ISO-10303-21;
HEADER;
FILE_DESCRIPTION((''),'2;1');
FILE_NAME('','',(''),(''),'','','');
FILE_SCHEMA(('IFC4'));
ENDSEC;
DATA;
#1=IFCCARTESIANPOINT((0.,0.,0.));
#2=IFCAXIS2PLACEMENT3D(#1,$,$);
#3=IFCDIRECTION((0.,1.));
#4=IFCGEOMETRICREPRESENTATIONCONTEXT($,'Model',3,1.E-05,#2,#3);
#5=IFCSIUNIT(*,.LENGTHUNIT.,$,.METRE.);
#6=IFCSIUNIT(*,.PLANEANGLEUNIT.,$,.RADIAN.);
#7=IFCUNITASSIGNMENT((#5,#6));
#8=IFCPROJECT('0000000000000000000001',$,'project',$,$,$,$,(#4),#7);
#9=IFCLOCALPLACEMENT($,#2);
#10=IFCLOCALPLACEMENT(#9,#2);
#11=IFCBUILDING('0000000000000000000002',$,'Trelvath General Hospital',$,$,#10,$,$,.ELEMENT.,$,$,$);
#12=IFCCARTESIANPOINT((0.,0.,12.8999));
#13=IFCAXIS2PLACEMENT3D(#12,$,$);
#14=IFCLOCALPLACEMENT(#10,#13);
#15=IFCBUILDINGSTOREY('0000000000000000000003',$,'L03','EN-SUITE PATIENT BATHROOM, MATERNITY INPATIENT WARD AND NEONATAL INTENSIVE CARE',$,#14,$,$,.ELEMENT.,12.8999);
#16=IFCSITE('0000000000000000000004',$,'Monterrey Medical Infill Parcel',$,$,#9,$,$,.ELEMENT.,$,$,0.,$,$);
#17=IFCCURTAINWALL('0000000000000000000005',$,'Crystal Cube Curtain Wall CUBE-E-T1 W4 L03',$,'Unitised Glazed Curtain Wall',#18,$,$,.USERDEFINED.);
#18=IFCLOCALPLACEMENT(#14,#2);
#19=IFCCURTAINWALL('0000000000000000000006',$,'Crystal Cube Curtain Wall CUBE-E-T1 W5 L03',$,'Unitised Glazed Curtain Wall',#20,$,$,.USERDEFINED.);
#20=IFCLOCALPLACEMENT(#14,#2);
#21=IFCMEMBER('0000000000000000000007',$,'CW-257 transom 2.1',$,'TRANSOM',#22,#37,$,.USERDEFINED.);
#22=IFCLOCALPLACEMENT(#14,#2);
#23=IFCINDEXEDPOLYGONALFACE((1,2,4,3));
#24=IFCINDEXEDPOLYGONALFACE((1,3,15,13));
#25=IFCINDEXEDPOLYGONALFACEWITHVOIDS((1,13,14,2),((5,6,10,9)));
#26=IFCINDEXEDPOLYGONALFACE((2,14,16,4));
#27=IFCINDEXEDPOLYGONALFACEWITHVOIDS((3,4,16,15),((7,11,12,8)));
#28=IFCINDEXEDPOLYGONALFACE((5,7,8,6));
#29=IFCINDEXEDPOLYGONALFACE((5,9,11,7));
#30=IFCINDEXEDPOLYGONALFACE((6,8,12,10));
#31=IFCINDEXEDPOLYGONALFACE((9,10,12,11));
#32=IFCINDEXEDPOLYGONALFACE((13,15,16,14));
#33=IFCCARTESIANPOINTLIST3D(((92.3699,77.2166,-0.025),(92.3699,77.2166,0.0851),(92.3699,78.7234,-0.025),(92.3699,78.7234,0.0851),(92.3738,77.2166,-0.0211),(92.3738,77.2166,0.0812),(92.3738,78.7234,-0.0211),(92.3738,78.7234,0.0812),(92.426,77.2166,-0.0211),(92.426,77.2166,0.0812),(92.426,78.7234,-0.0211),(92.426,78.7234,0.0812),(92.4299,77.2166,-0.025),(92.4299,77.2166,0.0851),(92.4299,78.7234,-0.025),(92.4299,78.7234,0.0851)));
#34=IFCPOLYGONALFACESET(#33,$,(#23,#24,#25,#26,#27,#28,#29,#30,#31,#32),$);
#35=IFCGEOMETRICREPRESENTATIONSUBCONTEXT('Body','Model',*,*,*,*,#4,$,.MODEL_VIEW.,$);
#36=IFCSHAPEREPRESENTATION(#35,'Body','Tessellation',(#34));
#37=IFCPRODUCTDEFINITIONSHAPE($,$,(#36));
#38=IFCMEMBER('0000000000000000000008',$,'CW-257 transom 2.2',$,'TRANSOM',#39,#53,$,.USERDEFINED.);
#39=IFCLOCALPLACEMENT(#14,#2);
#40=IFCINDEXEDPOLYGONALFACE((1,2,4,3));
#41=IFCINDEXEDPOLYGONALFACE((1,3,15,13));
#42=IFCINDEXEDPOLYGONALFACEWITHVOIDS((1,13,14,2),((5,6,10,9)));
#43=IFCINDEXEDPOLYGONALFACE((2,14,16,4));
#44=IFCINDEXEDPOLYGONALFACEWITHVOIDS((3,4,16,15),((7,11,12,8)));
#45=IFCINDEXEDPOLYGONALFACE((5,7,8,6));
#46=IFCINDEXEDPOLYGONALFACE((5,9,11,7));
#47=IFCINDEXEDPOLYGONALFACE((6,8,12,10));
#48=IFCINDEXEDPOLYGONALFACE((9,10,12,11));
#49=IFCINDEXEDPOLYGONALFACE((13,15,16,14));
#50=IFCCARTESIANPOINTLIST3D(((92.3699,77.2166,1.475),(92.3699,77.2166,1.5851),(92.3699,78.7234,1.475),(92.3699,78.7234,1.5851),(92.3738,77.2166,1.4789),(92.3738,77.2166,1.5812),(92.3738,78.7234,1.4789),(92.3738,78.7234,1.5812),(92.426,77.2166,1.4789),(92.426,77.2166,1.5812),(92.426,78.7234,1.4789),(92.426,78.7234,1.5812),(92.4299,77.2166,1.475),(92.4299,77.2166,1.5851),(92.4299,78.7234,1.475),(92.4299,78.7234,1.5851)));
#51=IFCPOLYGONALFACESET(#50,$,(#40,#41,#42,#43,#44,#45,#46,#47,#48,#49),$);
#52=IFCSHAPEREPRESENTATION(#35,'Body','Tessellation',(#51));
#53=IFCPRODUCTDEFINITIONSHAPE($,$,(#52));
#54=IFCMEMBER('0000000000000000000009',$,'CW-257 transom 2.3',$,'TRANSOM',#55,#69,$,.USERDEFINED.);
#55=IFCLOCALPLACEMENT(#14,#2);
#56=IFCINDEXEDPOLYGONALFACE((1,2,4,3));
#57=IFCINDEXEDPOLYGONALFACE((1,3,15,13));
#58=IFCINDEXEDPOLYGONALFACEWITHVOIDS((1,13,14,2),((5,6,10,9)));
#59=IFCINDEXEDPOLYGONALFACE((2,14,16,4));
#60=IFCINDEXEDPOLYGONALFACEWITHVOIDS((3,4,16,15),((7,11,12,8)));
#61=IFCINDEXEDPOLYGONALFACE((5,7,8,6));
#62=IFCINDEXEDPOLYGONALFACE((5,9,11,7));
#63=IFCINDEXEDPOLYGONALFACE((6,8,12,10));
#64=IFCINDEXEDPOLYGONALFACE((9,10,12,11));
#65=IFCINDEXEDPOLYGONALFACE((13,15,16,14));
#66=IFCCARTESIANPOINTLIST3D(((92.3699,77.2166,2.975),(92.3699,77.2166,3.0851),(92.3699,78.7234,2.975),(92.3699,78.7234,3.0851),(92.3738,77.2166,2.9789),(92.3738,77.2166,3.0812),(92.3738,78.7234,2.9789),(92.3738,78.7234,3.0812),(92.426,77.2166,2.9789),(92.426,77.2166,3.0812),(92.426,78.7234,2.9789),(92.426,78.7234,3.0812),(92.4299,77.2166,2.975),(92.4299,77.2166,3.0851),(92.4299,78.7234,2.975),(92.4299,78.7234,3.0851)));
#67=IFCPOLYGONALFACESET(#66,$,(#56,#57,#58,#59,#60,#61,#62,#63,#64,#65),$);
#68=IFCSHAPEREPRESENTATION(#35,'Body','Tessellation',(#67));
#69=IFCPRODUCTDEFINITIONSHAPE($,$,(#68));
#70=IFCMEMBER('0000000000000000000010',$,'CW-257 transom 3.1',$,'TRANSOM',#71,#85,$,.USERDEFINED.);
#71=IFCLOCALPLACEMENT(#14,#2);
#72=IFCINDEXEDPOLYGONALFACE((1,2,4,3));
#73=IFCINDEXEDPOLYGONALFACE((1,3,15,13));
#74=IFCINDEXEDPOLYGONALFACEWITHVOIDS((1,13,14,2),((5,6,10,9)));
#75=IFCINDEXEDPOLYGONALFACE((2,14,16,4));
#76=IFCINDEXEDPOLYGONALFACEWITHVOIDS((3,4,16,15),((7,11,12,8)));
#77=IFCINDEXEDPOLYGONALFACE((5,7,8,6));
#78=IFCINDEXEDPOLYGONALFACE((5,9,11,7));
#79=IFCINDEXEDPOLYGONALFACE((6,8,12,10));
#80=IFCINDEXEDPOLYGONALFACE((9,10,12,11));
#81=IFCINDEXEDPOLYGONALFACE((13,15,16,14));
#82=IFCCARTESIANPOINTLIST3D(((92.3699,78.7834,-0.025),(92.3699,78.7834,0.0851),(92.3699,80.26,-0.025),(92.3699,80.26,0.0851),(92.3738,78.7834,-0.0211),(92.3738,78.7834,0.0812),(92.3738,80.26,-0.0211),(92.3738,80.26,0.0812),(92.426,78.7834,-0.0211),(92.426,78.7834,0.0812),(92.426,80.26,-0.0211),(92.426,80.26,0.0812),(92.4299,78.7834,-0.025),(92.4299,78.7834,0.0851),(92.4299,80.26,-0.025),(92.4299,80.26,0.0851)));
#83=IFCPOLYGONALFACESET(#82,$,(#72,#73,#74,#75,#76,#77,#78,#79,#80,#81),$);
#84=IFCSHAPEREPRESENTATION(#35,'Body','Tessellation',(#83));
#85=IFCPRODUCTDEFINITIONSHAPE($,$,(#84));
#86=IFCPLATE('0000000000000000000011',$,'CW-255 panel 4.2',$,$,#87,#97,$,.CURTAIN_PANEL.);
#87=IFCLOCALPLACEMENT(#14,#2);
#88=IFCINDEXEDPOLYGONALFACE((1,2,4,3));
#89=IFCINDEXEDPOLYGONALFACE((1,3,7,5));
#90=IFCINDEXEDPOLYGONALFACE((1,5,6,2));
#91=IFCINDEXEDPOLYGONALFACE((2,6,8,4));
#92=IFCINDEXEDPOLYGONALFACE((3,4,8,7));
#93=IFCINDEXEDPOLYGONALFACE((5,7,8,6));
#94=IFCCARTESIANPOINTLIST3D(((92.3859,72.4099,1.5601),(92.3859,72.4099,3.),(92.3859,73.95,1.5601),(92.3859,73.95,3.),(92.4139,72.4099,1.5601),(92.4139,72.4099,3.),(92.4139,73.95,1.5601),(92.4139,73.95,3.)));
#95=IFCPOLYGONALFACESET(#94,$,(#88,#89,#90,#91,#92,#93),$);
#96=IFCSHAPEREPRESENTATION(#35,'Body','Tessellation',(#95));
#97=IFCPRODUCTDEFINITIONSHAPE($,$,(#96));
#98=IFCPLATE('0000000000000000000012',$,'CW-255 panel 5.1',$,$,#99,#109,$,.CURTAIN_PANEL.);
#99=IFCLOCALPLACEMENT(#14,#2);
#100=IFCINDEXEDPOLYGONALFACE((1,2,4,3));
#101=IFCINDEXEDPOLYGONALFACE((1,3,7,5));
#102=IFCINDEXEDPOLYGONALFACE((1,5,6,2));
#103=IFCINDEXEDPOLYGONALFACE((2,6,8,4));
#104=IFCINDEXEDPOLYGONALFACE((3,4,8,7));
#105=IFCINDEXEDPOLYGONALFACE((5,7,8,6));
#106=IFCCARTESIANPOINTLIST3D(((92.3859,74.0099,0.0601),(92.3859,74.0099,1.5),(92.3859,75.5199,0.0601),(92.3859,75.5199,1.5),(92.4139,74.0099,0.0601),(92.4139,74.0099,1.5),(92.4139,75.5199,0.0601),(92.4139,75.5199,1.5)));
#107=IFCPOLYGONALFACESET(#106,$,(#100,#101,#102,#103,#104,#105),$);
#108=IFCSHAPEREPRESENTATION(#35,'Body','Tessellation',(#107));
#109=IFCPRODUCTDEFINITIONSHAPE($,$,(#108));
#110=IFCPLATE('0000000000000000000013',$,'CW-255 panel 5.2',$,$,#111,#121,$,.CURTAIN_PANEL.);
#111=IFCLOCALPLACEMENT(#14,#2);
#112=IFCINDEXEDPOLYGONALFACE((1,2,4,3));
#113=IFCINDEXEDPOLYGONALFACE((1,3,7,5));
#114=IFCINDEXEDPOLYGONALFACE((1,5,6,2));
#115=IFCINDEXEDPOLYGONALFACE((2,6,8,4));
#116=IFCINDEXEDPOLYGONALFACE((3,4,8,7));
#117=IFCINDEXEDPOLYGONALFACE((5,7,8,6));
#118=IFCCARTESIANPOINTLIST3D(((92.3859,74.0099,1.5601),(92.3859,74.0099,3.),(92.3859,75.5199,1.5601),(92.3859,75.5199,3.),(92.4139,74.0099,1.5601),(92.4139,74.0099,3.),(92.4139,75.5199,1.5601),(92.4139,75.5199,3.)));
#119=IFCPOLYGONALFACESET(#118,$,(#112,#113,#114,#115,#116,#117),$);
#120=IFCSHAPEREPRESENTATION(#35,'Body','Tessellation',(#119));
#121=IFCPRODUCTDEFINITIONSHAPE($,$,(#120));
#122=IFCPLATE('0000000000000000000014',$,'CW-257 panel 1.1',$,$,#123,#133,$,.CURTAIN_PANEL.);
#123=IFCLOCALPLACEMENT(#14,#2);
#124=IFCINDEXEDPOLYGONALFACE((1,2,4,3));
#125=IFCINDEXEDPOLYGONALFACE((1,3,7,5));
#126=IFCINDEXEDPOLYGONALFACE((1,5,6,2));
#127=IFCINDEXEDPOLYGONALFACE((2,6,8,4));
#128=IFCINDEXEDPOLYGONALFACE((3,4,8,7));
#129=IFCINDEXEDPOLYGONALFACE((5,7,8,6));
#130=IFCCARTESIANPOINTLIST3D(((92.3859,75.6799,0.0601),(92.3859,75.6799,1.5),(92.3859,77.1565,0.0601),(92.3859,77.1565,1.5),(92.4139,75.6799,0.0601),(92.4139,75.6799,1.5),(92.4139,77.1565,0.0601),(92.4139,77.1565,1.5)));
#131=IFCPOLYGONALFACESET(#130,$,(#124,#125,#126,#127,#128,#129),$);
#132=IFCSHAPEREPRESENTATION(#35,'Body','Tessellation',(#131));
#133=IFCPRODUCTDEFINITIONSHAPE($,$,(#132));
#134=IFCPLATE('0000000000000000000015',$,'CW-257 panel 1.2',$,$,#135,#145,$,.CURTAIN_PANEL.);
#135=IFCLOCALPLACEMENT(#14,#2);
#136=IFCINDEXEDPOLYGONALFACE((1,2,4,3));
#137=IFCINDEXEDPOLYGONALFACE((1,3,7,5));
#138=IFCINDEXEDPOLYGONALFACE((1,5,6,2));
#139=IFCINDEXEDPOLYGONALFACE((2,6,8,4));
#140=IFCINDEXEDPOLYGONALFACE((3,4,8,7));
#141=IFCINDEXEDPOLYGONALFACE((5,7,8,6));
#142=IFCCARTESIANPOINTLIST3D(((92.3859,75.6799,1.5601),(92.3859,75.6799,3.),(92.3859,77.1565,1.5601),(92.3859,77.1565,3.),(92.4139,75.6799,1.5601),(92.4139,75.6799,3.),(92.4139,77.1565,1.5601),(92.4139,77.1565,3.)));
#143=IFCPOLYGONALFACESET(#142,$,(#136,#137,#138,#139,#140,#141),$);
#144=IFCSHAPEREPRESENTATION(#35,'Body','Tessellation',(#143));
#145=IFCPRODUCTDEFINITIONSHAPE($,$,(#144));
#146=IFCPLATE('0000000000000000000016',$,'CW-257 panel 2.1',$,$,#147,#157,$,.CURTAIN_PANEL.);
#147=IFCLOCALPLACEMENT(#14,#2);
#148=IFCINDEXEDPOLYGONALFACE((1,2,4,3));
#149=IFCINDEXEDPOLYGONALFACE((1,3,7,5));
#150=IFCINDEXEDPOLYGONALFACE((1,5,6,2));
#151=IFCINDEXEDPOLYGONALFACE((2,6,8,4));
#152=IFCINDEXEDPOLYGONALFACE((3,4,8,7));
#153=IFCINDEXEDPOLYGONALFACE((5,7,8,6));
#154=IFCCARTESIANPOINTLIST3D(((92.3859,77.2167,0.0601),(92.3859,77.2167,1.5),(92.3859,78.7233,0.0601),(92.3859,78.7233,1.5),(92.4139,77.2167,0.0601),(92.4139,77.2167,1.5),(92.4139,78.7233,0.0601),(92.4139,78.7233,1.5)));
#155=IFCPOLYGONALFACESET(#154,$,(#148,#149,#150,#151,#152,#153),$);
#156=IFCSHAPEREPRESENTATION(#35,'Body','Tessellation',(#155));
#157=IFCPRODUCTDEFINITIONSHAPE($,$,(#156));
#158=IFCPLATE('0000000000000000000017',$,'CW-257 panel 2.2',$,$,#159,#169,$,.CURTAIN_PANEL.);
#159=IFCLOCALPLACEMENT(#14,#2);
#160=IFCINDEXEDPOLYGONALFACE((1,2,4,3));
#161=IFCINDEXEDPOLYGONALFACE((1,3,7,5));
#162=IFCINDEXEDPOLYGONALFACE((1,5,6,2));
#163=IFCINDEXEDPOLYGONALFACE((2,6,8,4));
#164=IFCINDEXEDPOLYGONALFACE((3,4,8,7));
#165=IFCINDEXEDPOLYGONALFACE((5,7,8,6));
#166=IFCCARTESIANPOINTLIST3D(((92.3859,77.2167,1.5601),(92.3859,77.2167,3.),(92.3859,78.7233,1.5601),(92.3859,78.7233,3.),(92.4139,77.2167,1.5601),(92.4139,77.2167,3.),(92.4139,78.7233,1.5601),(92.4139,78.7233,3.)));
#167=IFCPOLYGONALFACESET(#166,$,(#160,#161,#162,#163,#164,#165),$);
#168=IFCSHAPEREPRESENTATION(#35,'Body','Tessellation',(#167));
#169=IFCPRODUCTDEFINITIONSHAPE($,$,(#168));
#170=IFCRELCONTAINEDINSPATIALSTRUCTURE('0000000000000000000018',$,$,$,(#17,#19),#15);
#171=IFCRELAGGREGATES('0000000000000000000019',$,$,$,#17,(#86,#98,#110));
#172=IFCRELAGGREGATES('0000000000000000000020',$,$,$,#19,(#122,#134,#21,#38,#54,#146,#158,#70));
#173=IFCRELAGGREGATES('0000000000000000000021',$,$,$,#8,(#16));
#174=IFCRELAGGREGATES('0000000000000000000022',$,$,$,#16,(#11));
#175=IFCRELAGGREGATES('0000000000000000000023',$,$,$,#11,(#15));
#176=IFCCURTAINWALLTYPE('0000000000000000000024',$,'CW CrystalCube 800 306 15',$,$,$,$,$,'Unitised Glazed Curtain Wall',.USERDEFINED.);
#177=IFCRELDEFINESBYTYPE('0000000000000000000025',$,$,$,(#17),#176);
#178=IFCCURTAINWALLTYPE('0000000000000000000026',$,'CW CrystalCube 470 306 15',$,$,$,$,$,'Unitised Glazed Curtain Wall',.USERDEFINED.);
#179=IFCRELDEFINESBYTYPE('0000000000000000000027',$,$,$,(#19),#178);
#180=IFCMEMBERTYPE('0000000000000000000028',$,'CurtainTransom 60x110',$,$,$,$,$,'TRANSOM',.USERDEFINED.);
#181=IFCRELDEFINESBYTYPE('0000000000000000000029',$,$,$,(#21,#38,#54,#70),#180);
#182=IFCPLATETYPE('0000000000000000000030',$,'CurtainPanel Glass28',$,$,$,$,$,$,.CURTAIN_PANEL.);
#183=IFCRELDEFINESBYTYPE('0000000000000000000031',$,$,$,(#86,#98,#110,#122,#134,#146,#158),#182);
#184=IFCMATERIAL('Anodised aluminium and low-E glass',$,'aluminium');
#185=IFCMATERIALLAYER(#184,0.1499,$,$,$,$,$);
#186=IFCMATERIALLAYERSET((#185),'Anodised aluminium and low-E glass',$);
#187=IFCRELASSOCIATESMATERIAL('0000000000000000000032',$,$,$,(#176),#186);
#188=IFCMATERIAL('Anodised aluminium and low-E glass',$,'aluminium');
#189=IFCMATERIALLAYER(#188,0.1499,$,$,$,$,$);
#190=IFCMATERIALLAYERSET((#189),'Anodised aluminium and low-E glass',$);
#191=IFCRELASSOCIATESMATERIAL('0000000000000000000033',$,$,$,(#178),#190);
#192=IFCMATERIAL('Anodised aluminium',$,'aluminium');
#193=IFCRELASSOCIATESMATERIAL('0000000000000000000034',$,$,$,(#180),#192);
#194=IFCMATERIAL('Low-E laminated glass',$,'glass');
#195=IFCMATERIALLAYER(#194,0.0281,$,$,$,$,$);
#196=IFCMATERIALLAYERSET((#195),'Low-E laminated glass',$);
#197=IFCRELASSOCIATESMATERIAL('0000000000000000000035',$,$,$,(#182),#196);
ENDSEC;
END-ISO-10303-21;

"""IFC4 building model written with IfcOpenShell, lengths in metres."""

from ifc_helpers import new_model, si_unit, direction, frame, origin, origin_2d, place, context, subcontext, project, spatial, rectangle, hollow_rectangle, extrude, material, layer, layer_set, material_profile, profile_set, type_object, element, aggregate, save


model = new_model("IFC4")

# Units and contexts
model_context = context("Model", 3, precision=1e-05, world=origin(), true_north=direction((0.0, 1.0)))
body_context = subcontext(model_context, "Body", "Model", "MODEL_VIEW")
ifc_project = project(units=[si_unit("LENGTHUNIT", "METRE"), si_unit("PLANEANGLEUNIT", "RADIAN")], contexts=[model_context])

# Site, building, storey
site_placement = place(None, origin())
site = spatial("IfcSite", under=ifc_project, at=site_placement, Name="Monterrey Medical Infill Parcel", CompositionType="ELEMENT", RefElevation=0.0)
building_placement = place(site_placement, origin())
building = spatial("IfcBuilding", under=site, at=building_placement, Name="Trelvath General Hospital", CompositionType="ELEMENT")
storey_placement = place(building_placement, frame((0.0, 0.0, 12.8999)))
storey = spatial("IfcBuildingStorey", under=building, at=storey_placement, Name="L03", Description="EN-SUITE PATIENT BATHROOM, MATERNITY INPATIENT WARD AND NEONATAL INTENSIVE CARE", CompositionType="ELEMENT", Elevation=12.8999)

# Curtain walls
ifc_material_1 = material(Name="Anodised aluminium and low-E glass", Category="aluminium")
ifc_layer_1 = layer(ifc_material_1, 0.1499)
ifc_layer_set_1 = layer_set([ifc_layer_1], Name="Anodised aluminium and low-E glass")
curtain_wall_type_1 = type_object("IfcCurtainWallType", Name="CW CrystalCube 800 306 15", ElementType="Unitised Glazed Curtain Wall", PredefinedType="USERDEFINED", material=ifc_layer_set_1)
curtain_wall_1_placement = place(storey_placement, origin())
curtain_wall_1 = element("IfcCurtainWall", 1, at=curtain_wall_1_placement, inside=storey, type_object=curtain_wall_type_1, Name="Crystal Cube Curtain Wall CUBE-E-T1 W4 L03", ObjectType="Unitised Glazed Curtain Wall", PredefinedType="USERDEFINED")
ifc_material_2 = material(Name="Anodised aluminium and low-E glass", Category="aluminium")
ifc_layer_2 = layer(ifc_material_2, 0.1499)
ifc_layer_set_2 = layer_set([ifc_layer_2], Name="Anodised aluminium and low-E glass")
curtain_wall_type_2 = type_object("IfcCurtainWallType", Name="CW CrystalCube 470 306 15", ElementType="Unitised Glazed Curtain Wall", PredefinedType="USERDEFINED", material=ifc_layer_set_2)
curtain_wall_2_placement = place(storey_placement, origin())
curtain_wall_2 = element("IfcCurtainWall", 2, at=curtain_wall_2_placement, inside=storey, type_object=curtain_wall_type_2, Name="Crystal Cube Curtain Wall CUBE-E-T1 W5 L03", ObjectType="Unitised Glazed Curtain Wall", PredefinedType="USERDEFINED")

# Members
ifc_material_3 = material(Name="Anodised aluminium", Category="aluminium")
ifc_material_profile_1 = material_profile(ifc_material_3, hollow_rectangle(XDim=0.0601, YDim=0.1101, WallThickness=0.0039, at=origin_2d()), Name="RHS60x110x4")
ifc_profile_set_1 = profile_set([ifc_material_profile_1], Name="Anodised aluminium")
member_type_1 = type_object("IfcMemberType", Name="CurtainTransom 60x110", ElementType="TRANSOM", PredefinedType="USERDEFINED", material=ifc_profile_set_1)
member_1_placement = place(storey_placement, frame((92.3999, 77.2166, 0.03), z_axis=(0.0, 1.0, 0.0), x_axis=(-1.0, 0.0, 0.0)))
member_1 = element("IfcMember", 3, at=member_1_placement, type_object=member_type_1, Name="CW-257 transom 2.1", ObjectType="TRANSOM", PredefinedType="USERDEFINED", context=body_context, shape_type="SweptSolid", body=[
    extrude(hollow_rectangle(XDim=0.0601, YDim=0.1101, WallThickness=0.0039, at=origin_2d()), origin(), (0.0, 0.0, 1.0), 1.5068),
])
member_2_placement = place(storey_placement, frame((92.3999, 77.2166, 1.53), z_axis=(0.0, 1.0, 0.0), x_axis=(-1.0, 0.0, 0.0)))
member_2 = element("IfcMember", 4, at=member_2_placement, type_object=member_type_1, Name="CW-257 transom 2.2", ObjectType="TRANSOM", PredefinedType="USERDEFINED", context=body_context, shape_type="SweptSolid", body=[
    extrude(hollow_rectangle(XDim=0.0601, YDim=0.1101, WallThickness=0.0039, at=origin_2d()), origin(), (0.0, 0.0, 1.0), 1.5068),
])
member_3_placement = place(storey_placement, frame((92.3999, 77.2166, 3.03), z_axis=(0.0, 1.0, 0.0), x_axis=(-1.0, 0.0, 0.0)))
member_3 = element("IfcMember", 5, at=member_3_placement, type_object=member_type_1, Name="CW-257 transom 2.3", ObjectType="TRANSOM", PredefinedType="USERDEFINED", context=body_context, shape_type="SweptSolid", body=[
    extrude(hollow_rectangle(XDim=0.0601, YDim=0.1101, WallThickness=0.0039, at=origin_2d()), origin(), (0.0, 0.0, 1.0), 1.5068),
])
member_4_placement = place(storey_placement, frame((92.3999, 78.7834, 0.03), z_axis=(0.0, 1.0, 0.0), x_axis=(-1.0, 0.0, 0.0)))
member_4 = element("IfcMember", 6, at=member_4_placement, type_object=member_type_1, Name="CW-257 transom 3.1", ObjectType="TRANSOM", PredefinedType="USERDEFINED", context=body_context, shape_type="SweptSolid", body=[
    extrude(hollow_rectangle(XDim=0.0601, YDim=0.1101, WallThickness=0.0039, at=origin_2d()), origin(), (0.0, 0.0, 1.0), 1.4766),
])

# Plates
ifc_material_4 = material(Name="Low-E laminated glass", Category="glass")
ifc_layer_3 = layer(ifc_material_4, 0.0281)
ifc_layer_set_3 = layer_set([ifc_layer_3], Name="Low-E laminated glass")
plate_type = type_object("IfcPlateType", Name="CurtainPanel Glass28", PredefinedType="CURTAIN_PANEL", material=ifc_layer_set_3)
plate_1_placement = place(storey_placement, frame((92.3999, 73.1799, 1.5601), z_axis=(0.0, 0.0, 1.0), x_axis=(0.0, 1.0, 0.0)))
plate_1 = element("IfcPlate", 7, at=plate_1_placement, type_object=plate_type, Name="CW-255 panel 4.2", PredefinedType="CURTAIN_PANEL", context=body_context, shape_type="SweptSolid", body=[
    extrude(rectangle(XDim=1.54, YDim=0.0281, at=origin_2d()), origin(), (0.0, 0.0, 1.0), 1.4399),
])
plate_2_placement = place(storey_placement, frame((92.3999, 74.7649, 0.0601), z_axis=(0.0, 0.0, 1.0), x_axis=(0.0, 1.0, 0.0)))
plate_2 = element("IfcPlate", 8, at=plate_2_placement, type_object=plate_type, Name="CW-255 panel 5.1", PredefinedType="CURTAIN_PANEL", context=body_context, shape_type="SweptSolid", body=[
    extrude(rectangle(XDim=1.51, YDim=0.0281, at=origin_2d()), origin(), (0.0, 0.0, 1.0), 1.4399),
])
plate_3_placement = place(storey_placement, frame((92.3999, 74.7649, 1.5601), z_axis=(0.0, 0.0, 1.0), x_axis=(0.0, 1.0, 0.0)))
plate_3 = element("IfcPlate", 9, at=plate_3_placement, type_object=plate_type, Name="CW-255 panel 5.2", PredefinedType="CURTAIN_PANEL", context=body_context, shape_type="SweptSolid", body=[
    extrude(rectangle(XDim=1.51, YDim=0.0281, at=origin_2d()), origin(), (0.0, 0.0, 1.0), 1.4399),
])
aggregate(curtain_wall_1, [plate_1, plate_2, plate_3])
plate_4_placement = place(storey_placement, frame((92.3999, 76.4182, 0.0601), z_axis=(0.0, 0.0, 1.0), x_axis=(0.0, 1.0, 0.0)))
plate_4 = element("IfcPlate", 10, at=plate_4_placement, type_object=plate_type, Name="CW-257 panel 1.1", PredefinedType="CURTAIN_PANEL", context=body_context, shape_type="SweptSolid", body=[
    extrude(rectangle(XDim=1.4766, YDim=0.0281, at=origin_2d()), origin(), (0.0, 0.0, 1.0), 1.4399),
])
plate_5_placement = place(storey_placement, frame((92.3999, 76.4182, 1.5601), z_axis=(0.0, 0.0, 1.0), x_axis=(0.0, 1.0, 0.0)))
plate_5 = element("IfcPlate", 11, at=plate_5_placement, type_object=plate_type, Name="CW-257 panel 1.2", PredefinedType="CURTAIN_PANEL", context=body_context, shape_type="SweptSolid", body=[
    extrude(rectangle(XDim=1.4766, YDim=0.0281, at=origin_2d()), origin(), (0.0, 0.0, 1.0), 1.4399),
])
plate_6_placement = place(storey_placement, frame((92.3999, 77.97, 0.0601), z_axis=(0.0, 0.0, 1.0), x_axis=(0.0, 1.0, 0.0)))
plate_6 = element("IfcPlate", 12, at=plate_6_placement, type_object=plate_type, Name="CW-257 panel 2.1", PredefinedType="CURTAIN_PANEL", context=body_context, shape_type="SweptSolid", body=[
    extrude(rectangle(XDim=1.5066, YDim=0.0281, at=origin_2d()), origin(), (0.0, 0.0, 1.0), 1.4399),
])
plate_7_placement = place(storey_placement, frame((92.3999, 77.97, 1.5601), z_axis=(0.0, 0.0, 1.0), x_axis=(0.0, 1.0, 0.0)))
plate_7 = element("IfcPlate", 13, at=plate_7_placement, type_object=plate_type, Name="CW-257 panel 2.2", PredefinedType="CURTAIN_PANEL", context=body_context, shape_type="SweptSolid", body=[
    extrude(rectangle(XDim=1.5066, YDim=0.0281, at=origin_2d()), origin(), (0.0, 0.0, 1.0), 1.4399),
])
aggregate(curtain_wall_2, [plate_4, plate_5, member_1, member_2, member_3, plate_6, plate_7, member_4])

save(model, "model.ifc")
